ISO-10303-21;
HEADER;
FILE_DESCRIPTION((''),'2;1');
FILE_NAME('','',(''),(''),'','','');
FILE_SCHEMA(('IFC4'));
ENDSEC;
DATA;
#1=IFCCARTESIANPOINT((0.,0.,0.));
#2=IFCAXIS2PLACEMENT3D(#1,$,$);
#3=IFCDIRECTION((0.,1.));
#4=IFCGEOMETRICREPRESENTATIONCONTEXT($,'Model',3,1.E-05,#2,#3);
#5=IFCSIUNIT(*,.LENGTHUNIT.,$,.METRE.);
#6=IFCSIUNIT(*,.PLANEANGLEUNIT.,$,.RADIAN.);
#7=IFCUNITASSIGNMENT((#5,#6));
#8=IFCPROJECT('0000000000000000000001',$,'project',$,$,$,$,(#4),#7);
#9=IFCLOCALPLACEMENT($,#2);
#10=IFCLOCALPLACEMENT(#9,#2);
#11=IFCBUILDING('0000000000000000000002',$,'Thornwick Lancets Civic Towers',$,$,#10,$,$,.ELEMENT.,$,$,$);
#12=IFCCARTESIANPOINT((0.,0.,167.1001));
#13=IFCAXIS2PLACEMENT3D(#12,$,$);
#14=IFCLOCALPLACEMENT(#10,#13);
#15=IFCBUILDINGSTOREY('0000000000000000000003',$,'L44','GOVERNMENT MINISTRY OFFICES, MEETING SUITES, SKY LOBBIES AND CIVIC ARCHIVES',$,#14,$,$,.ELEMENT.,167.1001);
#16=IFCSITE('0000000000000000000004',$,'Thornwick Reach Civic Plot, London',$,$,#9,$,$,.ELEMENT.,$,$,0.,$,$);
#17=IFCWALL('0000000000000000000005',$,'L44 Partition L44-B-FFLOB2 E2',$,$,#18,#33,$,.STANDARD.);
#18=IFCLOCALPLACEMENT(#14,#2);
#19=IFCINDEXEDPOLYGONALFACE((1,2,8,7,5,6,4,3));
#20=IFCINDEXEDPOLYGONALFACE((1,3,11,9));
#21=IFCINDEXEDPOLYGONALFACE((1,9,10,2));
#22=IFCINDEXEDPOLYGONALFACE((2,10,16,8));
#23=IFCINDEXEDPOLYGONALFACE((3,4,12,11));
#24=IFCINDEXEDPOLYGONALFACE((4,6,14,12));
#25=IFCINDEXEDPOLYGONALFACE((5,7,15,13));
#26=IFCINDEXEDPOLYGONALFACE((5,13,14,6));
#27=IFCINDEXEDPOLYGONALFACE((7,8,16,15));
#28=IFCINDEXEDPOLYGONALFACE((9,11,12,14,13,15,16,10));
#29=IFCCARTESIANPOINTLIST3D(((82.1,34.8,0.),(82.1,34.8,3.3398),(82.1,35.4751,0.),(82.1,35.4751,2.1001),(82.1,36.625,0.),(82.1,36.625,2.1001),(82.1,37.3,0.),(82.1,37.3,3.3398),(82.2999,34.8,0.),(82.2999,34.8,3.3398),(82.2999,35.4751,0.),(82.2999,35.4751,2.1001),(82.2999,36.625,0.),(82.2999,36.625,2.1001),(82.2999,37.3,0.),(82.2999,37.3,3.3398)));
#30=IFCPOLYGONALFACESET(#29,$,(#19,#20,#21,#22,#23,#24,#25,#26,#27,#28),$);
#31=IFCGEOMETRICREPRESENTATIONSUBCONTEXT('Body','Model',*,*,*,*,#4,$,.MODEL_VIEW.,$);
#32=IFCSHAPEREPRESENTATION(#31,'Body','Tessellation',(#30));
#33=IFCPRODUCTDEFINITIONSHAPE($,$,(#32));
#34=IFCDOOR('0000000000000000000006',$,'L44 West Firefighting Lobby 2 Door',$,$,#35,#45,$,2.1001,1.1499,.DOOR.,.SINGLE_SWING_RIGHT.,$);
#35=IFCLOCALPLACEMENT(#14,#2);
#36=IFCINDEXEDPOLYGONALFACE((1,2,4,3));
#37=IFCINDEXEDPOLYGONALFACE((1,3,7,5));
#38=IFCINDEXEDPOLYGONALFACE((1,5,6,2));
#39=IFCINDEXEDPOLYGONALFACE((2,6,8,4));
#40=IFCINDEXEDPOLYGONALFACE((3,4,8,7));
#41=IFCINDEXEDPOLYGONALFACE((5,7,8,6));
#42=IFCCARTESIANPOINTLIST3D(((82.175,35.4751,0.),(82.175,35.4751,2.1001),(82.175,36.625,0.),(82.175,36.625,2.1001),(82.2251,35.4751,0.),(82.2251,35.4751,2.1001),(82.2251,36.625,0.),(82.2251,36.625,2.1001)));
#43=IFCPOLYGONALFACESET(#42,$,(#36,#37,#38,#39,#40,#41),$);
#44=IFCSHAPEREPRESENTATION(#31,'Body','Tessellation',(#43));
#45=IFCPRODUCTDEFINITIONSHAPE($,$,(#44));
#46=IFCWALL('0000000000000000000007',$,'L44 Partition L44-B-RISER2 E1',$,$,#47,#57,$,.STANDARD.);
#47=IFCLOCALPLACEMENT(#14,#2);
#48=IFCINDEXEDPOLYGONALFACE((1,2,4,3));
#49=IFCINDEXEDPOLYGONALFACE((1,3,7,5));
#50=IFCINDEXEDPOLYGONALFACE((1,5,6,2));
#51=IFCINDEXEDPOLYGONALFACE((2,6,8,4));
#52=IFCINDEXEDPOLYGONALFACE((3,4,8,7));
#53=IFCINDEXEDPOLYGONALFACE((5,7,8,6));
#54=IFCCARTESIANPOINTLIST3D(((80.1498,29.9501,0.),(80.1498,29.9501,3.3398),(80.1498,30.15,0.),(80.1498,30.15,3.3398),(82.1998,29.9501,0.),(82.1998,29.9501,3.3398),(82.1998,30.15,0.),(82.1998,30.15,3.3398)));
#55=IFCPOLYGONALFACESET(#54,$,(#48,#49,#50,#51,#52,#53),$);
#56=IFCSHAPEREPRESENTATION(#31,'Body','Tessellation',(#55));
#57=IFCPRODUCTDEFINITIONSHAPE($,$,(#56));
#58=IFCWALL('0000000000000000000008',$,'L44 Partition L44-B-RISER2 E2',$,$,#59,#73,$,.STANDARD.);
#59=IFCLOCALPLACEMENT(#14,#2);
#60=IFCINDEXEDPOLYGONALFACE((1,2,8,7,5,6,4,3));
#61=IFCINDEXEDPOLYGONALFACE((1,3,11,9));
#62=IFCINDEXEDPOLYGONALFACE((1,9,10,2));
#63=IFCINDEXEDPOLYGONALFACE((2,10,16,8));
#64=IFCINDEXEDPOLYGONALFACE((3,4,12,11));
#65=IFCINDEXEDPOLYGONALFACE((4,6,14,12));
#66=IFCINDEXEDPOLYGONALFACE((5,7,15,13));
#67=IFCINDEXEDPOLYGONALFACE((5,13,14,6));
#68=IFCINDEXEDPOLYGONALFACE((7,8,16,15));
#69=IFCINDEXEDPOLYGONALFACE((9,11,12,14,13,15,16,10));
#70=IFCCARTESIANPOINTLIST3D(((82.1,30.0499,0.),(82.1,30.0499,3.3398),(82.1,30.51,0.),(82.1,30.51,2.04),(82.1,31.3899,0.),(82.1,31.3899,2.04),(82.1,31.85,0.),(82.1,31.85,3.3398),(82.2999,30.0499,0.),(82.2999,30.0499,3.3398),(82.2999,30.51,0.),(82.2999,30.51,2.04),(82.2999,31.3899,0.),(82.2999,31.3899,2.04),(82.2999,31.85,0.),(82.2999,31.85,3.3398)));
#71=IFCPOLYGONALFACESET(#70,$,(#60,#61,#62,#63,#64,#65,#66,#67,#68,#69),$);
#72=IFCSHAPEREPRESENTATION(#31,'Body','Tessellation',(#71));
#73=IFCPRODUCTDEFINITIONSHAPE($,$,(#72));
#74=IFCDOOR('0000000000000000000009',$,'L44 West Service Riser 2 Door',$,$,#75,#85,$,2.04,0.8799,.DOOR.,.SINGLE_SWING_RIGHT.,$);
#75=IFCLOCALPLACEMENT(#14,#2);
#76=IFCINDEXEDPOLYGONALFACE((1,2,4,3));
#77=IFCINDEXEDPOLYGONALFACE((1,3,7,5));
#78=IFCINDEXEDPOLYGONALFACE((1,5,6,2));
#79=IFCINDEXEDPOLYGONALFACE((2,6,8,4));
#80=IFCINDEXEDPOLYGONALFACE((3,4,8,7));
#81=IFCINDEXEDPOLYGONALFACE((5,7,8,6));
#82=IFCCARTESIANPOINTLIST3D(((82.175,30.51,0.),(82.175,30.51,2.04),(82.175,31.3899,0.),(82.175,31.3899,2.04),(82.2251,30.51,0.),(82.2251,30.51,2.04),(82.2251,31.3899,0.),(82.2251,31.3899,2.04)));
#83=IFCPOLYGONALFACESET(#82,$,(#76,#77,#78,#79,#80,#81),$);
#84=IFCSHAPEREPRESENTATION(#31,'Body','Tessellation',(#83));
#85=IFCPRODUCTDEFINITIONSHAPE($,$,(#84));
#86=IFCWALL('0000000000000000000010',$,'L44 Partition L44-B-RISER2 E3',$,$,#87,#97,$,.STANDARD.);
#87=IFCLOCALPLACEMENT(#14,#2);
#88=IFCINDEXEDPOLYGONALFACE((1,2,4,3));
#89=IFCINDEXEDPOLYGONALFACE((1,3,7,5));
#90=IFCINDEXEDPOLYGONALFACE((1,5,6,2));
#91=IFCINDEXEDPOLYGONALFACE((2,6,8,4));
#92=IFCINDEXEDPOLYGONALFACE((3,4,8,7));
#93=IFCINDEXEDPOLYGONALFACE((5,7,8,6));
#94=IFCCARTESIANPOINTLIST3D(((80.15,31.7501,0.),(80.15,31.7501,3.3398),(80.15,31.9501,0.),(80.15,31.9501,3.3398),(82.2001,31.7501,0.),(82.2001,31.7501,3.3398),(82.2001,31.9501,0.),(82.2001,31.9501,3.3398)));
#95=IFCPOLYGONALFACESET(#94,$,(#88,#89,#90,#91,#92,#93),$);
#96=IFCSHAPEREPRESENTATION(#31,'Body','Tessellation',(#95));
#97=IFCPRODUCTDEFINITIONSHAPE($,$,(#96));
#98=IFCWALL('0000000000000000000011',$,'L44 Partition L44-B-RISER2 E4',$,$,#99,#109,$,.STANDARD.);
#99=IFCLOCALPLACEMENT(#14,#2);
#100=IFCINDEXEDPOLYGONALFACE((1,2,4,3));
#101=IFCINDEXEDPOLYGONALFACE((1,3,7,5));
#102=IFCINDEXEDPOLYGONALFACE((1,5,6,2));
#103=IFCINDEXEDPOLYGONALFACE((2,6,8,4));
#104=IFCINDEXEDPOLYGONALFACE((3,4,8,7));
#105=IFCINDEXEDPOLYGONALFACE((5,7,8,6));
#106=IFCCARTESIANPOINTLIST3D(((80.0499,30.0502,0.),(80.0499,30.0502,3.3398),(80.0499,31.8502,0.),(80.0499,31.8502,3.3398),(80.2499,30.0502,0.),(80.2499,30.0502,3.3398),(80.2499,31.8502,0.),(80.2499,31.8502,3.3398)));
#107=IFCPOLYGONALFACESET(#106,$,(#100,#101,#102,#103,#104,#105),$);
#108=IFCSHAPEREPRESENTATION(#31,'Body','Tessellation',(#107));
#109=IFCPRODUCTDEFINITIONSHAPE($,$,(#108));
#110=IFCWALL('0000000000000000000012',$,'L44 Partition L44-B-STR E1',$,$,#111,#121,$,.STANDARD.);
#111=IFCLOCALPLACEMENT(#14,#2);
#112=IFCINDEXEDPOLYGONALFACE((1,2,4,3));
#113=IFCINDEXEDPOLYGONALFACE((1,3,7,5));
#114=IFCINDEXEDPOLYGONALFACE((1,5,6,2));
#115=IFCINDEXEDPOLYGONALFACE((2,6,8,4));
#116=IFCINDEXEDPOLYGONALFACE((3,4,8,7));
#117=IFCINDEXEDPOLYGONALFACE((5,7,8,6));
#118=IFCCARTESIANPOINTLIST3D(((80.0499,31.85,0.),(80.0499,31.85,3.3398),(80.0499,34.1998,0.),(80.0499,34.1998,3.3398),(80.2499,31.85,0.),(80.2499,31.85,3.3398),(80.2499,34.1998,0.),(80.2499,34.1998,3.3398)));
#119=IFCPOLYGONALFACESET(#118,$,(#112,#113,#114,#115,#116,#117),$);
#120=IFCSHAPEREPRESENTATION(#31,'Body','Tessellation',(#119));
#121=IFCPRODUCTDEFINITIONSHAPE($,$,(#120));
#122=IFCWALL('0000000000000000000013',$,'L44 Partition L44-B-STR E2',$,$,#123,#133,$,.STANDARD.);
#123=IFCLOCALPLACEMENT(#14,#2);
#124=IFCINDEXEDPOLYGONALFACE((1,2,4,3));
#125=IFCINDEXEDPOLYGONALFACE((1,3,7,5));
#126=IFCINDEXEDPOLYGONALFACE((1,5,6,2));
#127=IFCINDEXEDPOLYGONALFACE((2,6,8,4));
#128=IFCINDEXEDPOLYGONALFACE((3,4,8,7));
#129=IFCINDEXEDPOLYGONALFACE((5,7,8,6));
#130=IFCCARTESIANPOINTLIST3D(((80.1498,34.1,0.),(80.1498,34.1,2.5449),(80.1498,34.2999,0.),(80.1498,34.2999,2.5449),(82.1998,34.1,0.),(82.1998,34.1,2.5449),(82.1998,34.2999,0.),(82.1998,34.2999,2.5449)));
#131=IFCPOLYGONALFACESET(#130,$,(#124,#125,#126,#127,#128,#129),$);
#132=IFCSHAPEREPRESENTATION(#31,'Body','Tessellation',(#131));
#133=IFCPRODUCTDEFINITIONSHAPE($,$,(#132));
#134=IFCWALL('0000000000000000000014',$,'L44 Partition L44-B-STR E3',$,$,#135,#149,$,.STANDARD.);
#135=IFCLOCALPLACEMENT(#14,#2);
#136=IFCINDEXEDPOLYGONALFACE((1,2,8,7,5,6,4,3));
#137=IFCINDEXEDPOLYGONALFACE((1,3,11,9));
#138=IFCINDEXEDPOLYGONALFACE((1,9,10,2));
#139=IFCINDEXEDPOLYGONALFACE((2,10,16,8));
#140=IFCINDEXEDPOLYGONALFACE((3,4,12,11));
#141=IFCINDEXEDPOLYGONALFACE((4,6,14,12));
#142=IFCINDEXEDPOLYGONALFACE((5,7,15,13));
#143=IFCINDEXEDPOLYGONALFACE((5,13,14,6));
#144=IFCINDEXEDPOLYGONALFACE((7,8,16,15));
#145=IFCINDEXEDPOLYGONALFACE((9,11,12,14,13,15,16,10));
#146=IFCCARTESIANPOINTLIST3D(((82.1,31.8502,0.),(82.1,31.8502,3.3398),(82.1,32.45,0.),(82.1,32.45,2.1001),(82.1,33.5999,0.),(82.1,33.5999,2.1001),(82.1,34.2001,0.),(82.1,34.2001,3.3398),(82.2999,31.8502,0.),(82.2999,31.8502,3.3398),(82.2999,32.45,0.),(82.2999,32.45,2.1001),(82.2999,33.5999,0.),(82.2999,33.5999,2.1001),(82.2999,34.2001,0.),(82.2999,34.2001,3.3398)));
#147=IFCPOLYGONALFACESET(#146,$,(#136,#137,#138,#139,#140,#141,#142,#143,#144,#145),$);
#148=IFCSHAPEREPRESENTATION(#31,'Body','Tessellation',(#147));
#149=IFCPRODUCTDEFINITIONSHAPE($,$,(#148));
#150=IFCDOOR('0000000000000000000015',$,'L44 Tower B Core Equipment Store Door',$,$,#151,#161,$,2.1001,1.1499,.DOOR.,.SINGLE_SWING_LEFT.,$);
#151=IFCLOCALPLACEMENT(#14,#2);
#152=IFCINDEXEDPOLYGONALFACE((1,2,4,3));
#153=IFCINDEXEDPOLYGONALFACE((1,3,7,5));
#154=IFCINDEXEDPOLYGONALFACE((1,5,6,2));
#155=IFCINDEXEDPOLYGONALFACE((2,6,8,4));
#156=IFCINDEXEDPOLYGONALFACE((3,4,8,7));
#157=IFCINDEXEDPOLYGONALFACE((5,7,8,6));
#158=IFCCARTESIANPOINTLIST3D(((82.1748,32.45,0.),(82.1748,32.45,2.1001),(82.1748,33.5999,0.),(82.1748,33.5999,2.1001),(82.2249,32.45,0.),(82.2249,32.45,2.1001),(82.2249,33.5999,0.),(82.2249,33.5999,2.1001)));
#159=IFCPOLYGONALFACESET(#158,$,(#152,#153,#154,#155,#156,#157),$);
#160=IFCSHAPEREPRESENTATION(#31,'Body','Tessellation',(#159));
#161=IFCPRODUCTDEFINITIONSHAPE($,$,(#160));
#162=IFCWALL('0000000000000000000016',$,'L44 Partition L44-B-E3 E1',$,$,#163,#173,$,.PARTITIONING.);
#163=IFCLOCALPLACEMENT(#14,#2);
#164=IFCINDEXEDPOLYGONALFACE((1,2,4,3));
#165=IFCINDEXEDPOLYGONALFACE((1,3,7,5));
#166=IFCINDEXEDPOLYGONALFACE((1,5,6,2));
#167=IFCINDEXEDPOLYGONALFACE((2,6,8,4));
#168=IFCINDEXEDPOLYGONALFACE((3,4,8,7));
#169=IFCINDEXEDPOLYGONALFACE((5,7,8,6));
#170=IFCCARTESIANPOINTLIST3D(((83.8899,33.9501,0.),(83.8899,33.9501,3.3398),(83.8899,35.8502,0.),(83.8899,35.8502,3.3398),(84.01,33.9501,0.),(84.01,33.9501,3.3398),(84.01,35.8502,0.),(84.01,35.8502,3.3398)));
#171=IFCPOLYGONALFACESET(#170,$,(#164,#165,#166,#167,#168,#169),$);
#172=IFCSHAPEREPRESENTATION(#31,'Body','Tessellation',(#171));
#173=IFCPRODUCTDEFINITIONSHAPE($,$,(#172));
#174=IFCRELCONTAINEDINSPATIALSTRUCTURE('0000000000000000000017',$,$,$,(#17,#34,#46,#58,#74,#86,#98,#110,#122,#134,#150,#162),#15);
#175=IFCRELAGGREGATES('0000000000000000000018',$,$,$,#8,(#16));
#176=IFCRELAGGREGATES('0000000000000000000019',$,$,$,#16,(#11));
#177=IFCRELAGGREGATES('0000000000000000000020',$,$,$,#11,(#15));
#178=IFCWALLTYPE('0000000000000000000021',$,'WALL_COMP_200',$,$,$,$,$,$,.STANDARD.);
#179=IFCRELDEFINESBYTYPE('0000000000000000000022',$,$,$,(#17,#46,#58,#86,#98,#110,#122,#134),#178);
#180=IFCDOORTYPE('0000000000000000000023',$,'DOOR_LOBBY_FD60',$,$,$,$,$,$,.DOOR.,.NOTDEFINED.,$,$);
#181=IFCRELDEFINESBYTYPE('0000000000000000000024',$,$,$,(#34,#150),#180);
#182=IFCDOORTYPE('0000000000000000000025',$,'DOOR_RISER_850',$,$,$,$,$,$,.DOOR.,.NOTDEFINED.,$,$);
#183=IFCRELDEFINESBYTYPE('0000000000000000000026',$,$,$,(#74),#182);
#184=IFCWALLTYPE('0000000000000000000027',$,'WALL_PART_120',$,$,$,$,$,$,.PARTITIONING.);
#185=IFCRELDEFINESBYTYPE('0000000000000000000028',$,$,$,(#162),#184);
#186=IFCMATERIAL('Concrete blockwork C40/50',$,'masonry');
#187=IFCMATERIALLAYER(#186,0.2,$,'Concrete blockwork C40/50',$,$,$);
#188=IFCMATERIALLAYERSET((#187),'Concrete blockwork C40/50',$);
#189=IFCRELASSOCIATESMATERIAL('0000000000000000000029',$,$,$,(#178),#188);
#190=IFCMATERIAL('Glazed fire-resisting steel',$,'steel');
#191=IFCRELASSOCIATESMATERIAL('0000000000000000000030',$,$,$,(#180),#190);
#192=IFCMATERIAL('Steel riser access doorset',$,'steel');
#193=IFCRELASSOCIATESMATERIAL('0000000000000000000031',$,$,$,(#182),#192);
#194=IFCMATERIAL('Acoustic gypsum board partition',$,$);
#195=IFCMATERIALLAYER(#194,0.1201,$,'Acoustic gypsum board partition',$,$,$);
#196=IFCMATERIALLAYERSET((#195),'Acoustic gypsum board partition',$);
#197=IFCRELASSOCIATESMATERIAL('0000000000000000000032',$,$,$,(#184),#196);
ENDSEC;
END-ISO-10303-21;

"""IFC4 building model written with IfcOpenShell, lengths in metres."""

from ifc_helpers import new_model, si_unit, direction, frame, frame_2d, origin, place, context, subcontext, project, spatial, rectangle, extrude, material, layer, layer_set, type_object, element, fill, save


model = new_model("IFC4")

# Units and contexts
model_context = context("Model", 3, precision=1e-05, world=origin(), true_north=direction((0.0, 1.0)))
body_context = subcontext(model_context, "Body", "Model", "MODEL_VIEW")
ifc_project = project(units=[si_unit("LENGTHUNIT", "METRE"), si_unit("PLANEANGLEUNIT", "RADIAN")], contexts=[model_context])

# Site, building, storey
site_placement = place(None, origin())
site = spatial("IfcSite", under=ifc_project, at=site_placement, Name="Thornwick Reach Civic Plot, London", CompositionType="ELEMENT", RefElevation=0.0)
building_placement = place(site_placement, origin())
building = spatial("IfcBuilding", under=site, at=building_placement, Name="Thornwick Lancets Civic Towers", CompositionType="ELEMENT")
storey_placement = place(building_placement, frame((0.0, 0.0, 167.1001)))
storey = spatial("IfcBuildingStorey", under=building, at=storey_placement, Name="L44", Description="GOVERNMENT MINISTRY OFFICES, MEETING SUITES, SKY LOBBIES AND CIVIC ARCHIVES", CompositionType="ELEMENT", Elevation=167.1001)

# Shared definitions
ifc_material_1 = material(Name="Concrete blockwork C40/50", Category="masonry")
ifc_layer_1 = layer(ifc_material_1, 0.2, Name="Concrete blockwork C40/50")
ifc_layer_set_1 = layer_set([ifc_layer_1], Name="Concrete blockwork C40/50")
wall_type_1 = type_object("IfcWallType", Name="WALL_COMP_200", PredefinedType="STANDARD", material=ifc_layer_set_1)

# Wall, opening, door
wall_1_placement = place(storey_placement, frame((82.2, 34.8, 0.0), z_axis=(0.0, 0.0, 1.0), x_axis=(0.0, 1.0, 0.0)))
wall_1 = element("IfcWall", 1, at=wall_1_placement, inside=storey, type_object=wall_type_1, Name="L44 Partition L44-B-FFLOB2 E2", PredefinedType="STANDARD", context=body_context, shape_type="SweptSolid", body=[
    extrude(rectangle(XDim=2.5, YDim=0.2, at=frame_2d((1.25, 0.0))), origin(), (0.0, 0.0, 1.0), 3.3398),
])
opening_1_placement = place(wall_1_placement, frame((0.675, 0.0, 0.0)))
opening_1 = element("IfcOpeningElement", 2, at=opening_1_placement, cuts=wall_1, PredefinedType="OPENING", context=body_context, shape_type="SweptSolid", body=[
    extrude(rectangle(XDim=1.1499, YDim=2.1001, at=frame_2d((0.575, 1.05))), frame((0.0, 0.1099, 0.0), z_axis=(0.0, -1.0, 0.0), x_axis=(1.0, 0.0, 0.0)), (0.0, 0.0, 1.0), 0.22),
])
ifc_material_2 = material(Name="Glazed fire-resisting steel", Category="steel")
door_type_1 = type_object("IfcDoorType", Name="DOOR_LOBBY_FD60", OperationType="NOTDEFINED", PredefinedType="DOOR", material=ifc_material_2)
door_1_placement = place(opening_1_placement, origin())
door_1 = element("IfcDoor", 3, at=door_1_placement, inside=storey, type_object=door_type_1, Name="L44 West Firefighting Lobby 2 Door", OperationType="SINGLE_SWING_RIGHT", OverallHeight=2.1001, OverallWidth=1.1499, PredefinedType="DOOR", context=body_context, shape_type="SweptSolid", body=[
    extrude(rectangle(XDim=1.1499, YDim=2.1001, at=frame_2d((0.575, 1.05))), frame((0.0, 0.0249, 0.0), z_axis=(0.0, -1.0, 0.0), x_axis=(1.0, 0.0, 0.0)), (0.0, 0.0, 1.0), 0.05),
])
fill(opening_1, door_1)

# Wall
wall_2_placement = place(storey_placement, frame((80.1499, 30.05, 0.0), z_axis=(0.0, 0.0, 1.0), x_axis=(1.0, 0.0, 0.0)))
element("IfcWall", 4, at=wall_2_placement, inside=storey, type_object=wall_type_1, Name="L44 Partition L44-B-RISER2 E1", PredefinedType="STANDARD", context=body_context, shape_type="SweptSolid", body=[
    extrude(rectangle(XDim=2.05, YDim=0.2, at=frame_2d((1.0249, 0.0))), origin(), (0.0, 0.0, 1.0), 3.3398),
])

# Wall, opening, door
wall_3_placement = place(storey_placement, frame((82.2, 30.05, 0.0), z_axis=(0.0, 0.0, 1.0), x_axis=(0.0, 1.0, 0.0)))
wall_3 = element("IfcWall", 5, at=wall_3_placement, inside=storey, type_object=wall_type_1, Name="L44 Partition L44-B-RISER2 E2", PredefinedType="STANDARD", context=body_context, shape_type="SweptSolid", body=[
    extrude(rectangle(XDim=1.8, YDim=0.2, at=frame_2d((0.8999, 0.0))), origin(), (0.0, 0.0, 1.0), 3.3398),
])
opening_2_placement = place(wall_3_placement, frame((0.46, 0.0, 0.0)))
opening_2 = element("IfcOpeningElement", 6, at=opening_2_placement, cuts=wall_3, PredefinedType="OPENING", context=body_context, shape_type="SweptSolid", body=[
    extrude(rectangle(XDim=0.8799, YDim=2.04, at=frame_2d((0.4399, 1.02))), frame((0.0, 0.1099, 0.0), z_axis=(0.0, -1.0, 0.0), x_axis=(1.0, 0.0, 0.0)), (0.0, 0.0, 1.0), 0.22),
])
ifc_material_3 = material(Name="Steel riser access doorset", Category="steel")
door_type_2 = type_object("IfcDoorType", Name="DOOR_RISER_850", OperationType="NOTDEFINED", PredefinedType="DOOR", material=ifc_material_3)
door_2_placement = place(opening_2_placement, origin())
door_2 = element("IfcDoor", 7, at=door_2_placement, inside=storey, type_object=door_type_2, Name="L44 West Service Riser 2 Door", OperationType="SINGLE_SWING_RIGHT", OverallHeight=2.04, OverallWidth=0.8799, PredefinedType="DOOR", context=body_context, shape_type="SweptSolid", body=[
    extrude(rectangle(XDim=0.8799, YDim=2.04, at=frame_2d((0.4399, 1.02))), frame((0.0, 0.0249, 0.0), z_axis=(0.0, -1.0, 0.0), x_axis=(1.0, 0.0, 0.0)), (0.0, 0.0, 1.0), 0.05),
])
fill(opening_2, door_2)

# Walls
wall_4_placement = place(storey_placement, frame((82.2, 31.8501, 0.0), z_axis=(0.0, 0.0, 1.0), x_axis=(-1.0, 0.0, 0.0)))
element("IfcWall", 8, at=wall_4_placement, inside=storey, type_object=wall_type_1, Name="L44 Partition L44-B-RISER2 E3", PredefinedType="STANDARD", context=body_context, shape_type="SweptSolid", body=[
    extrude(rectangle(XDim=2.05, YDim=0.2, at=frame_2d((1.0249, 0.0))), origin(), (0.0, 0.0, 1.0), 3.3398),
])
wall_5_placement = place(storey_placement, frame((80.1499, 31.8501, 0.0), z_axis=(0.0, 0.0, 1.0), x_axis=(0.0, -1.0, 0.0)))
element("IfcWall", 9, at=wall_5_placement, inside=storey, type_object=wall_type_1, Name="L44 Partition L44-B-RISER2 E4", PredefinedType="STANDARD", context=body_context, shape_type="SweptSolid", body=[
    extrude(rectangle(XDim=1.8, YDim=0.2, at=frame_2d((0.8999, 0.0))), origin(), (0.0, 0.0, 1.0), 3.3398),
])
wall_6_placement = place(storey_placement, frame((80.1499, 31.8501, 0.0), z_axis=(0.0, 0.0, 1.0), x_axis=(0.0, 1.0, 0.0)))
element("IfcWall", 10, at=wall_6_placement, inside=storey, type_object=wall_type_1, Name="L44 Partition L44-B-STR E1", PredefinedType="STANDARD", context=body_context, shape_type="SweptSolid", body=[
    extrude(rectangle(XDim=2.3499, YDim=0.2, at=frame_2d((1.1748, 0.0))), origin(), (0.0, 0.0, 1.0), 3.3398),
])
wall_7_placement = place(storey_placement, frame((80.1499, 34.2, 0.0), z_axis=(0.0, 0.0, 1.0), x_axis=(1.0, 0.0, 0.0)))
element("IfcWall", 11, at=wall_7_placement, inside=storey, type_object=wall_type_1, Name="L44 Partition L44-B-STR E2", PredefinedType="STANDARD", context=body_context, shape_type="SweptSolid", body=[
    extrude(rectangle(XDim=2.05, YDim=0.2, at=frame_2d((1.0249, 0.0))), origin(), (0.0, 0.0, 1.0), 2.5449),
])

# Wall, opening, door
wall_8_placement = place(storey_placement, frame((82.2, 34.2, 0.0), z_axis=(0.0, 0.0, 1.0), x_axis=(0.0, -1.0, 0.0)))
wall_8 = element("IfcWall", 12, at=wall_8_placement, inside=storey, type_object=wall_type_1, Name="L44 Partition L44-B-STR E3", PredefinedType="STANDARD", context=body_context, shape_type="SweptSolid", body=[
    extrude(rectangle(XDim=2.3499, YDim=0.2, at=frame_2d((1.1748, 0.0))), origin(), (0.0, 0.0, 1.0), 3.3398),
])
opening_3_placement = place(wall_8_placement, frame((0.6001, 0.0, 0.0)))
opening_3 = element("IfcOpeningElement", 13, at=opening_3_placement, cuts=wall_8, PredefinedType="OPENING", context=body_context, shape_type="SweptSolid", body=[
    extrude(rectangle(XDim=1.1499, YDim=2.1001, at=frame_2d((0.575, 1.05))), frame((0.0, 0.1099, 0.0), z_axis=(0.0, -1.0, 0.0), x_axis=(1.0, 0.0, 0.0)), (0.0, 0.0, 1.0), 0.22),
])
door_3_placement = place(opening_3_placement, origin())
door_3 = element("IfcDoor", 14, at=door_3_placement, inside=storey, type_object=door_type_1, Name="L44 Tower B Core Equipment Store Door", OperationType="SINGLE_SWING_LEFT", OverallHeight=2.1001, OverallWidth=1.1499, PredefinedType="DOOR", context=body_context, shape_type="SweptSolid", body=[
    extrude(rectangle(XDim=1.1499, YDim=2.1001, at=frame_2d((0.575, 1.05))), frame((0.0, 0.0249, 0.0), z_axis=(0.0, -1.0, 0.0), x_axis=(1.0, 0.0, 0.0)), (0.0, 0.0, 1.0), 0.05),
])
fill(opening_3, door_3)

# Wall
ifc_material_4 = material(Name="Acoustic gypsum board partition")
ifc_layer_2 = layer(ifc_material_4, 0.1201, Name="Acoustic gypsum board partition")
ifc_layer_set_2 = layer_set([ifc_layer_2], Name="Acoustic gypsum board partition")
wall_type_2 = type_object("IfcWallType", Name="WALL_PART_120", PredefinedType="PARTITIONING", material=ifc_layer_set_2)
wall_9_placement = place(storey_placement, frame((83.95, 33.95, 0.0), z_axis=(0.0, 0.0, 1.0), x_axis=(0.0, 1.0, 0.0)))
element("IfcWall", 15, at=wall_9_placement, inside=storey, type_object=wall_type_2, Name="L44 Partition L44-B-E3 E1", PredefinedType="PARTITIONING", context=body_context, shape_type="SweptSolid", body=[
    extrude(rectangle(XDim=1.9001, YDim=0.1201, at=frame_2d((0.9502, 0.0))), origin(), (0.0, 0.0, 1.0), 3.3398),
])

save(model, "model.ifc")
